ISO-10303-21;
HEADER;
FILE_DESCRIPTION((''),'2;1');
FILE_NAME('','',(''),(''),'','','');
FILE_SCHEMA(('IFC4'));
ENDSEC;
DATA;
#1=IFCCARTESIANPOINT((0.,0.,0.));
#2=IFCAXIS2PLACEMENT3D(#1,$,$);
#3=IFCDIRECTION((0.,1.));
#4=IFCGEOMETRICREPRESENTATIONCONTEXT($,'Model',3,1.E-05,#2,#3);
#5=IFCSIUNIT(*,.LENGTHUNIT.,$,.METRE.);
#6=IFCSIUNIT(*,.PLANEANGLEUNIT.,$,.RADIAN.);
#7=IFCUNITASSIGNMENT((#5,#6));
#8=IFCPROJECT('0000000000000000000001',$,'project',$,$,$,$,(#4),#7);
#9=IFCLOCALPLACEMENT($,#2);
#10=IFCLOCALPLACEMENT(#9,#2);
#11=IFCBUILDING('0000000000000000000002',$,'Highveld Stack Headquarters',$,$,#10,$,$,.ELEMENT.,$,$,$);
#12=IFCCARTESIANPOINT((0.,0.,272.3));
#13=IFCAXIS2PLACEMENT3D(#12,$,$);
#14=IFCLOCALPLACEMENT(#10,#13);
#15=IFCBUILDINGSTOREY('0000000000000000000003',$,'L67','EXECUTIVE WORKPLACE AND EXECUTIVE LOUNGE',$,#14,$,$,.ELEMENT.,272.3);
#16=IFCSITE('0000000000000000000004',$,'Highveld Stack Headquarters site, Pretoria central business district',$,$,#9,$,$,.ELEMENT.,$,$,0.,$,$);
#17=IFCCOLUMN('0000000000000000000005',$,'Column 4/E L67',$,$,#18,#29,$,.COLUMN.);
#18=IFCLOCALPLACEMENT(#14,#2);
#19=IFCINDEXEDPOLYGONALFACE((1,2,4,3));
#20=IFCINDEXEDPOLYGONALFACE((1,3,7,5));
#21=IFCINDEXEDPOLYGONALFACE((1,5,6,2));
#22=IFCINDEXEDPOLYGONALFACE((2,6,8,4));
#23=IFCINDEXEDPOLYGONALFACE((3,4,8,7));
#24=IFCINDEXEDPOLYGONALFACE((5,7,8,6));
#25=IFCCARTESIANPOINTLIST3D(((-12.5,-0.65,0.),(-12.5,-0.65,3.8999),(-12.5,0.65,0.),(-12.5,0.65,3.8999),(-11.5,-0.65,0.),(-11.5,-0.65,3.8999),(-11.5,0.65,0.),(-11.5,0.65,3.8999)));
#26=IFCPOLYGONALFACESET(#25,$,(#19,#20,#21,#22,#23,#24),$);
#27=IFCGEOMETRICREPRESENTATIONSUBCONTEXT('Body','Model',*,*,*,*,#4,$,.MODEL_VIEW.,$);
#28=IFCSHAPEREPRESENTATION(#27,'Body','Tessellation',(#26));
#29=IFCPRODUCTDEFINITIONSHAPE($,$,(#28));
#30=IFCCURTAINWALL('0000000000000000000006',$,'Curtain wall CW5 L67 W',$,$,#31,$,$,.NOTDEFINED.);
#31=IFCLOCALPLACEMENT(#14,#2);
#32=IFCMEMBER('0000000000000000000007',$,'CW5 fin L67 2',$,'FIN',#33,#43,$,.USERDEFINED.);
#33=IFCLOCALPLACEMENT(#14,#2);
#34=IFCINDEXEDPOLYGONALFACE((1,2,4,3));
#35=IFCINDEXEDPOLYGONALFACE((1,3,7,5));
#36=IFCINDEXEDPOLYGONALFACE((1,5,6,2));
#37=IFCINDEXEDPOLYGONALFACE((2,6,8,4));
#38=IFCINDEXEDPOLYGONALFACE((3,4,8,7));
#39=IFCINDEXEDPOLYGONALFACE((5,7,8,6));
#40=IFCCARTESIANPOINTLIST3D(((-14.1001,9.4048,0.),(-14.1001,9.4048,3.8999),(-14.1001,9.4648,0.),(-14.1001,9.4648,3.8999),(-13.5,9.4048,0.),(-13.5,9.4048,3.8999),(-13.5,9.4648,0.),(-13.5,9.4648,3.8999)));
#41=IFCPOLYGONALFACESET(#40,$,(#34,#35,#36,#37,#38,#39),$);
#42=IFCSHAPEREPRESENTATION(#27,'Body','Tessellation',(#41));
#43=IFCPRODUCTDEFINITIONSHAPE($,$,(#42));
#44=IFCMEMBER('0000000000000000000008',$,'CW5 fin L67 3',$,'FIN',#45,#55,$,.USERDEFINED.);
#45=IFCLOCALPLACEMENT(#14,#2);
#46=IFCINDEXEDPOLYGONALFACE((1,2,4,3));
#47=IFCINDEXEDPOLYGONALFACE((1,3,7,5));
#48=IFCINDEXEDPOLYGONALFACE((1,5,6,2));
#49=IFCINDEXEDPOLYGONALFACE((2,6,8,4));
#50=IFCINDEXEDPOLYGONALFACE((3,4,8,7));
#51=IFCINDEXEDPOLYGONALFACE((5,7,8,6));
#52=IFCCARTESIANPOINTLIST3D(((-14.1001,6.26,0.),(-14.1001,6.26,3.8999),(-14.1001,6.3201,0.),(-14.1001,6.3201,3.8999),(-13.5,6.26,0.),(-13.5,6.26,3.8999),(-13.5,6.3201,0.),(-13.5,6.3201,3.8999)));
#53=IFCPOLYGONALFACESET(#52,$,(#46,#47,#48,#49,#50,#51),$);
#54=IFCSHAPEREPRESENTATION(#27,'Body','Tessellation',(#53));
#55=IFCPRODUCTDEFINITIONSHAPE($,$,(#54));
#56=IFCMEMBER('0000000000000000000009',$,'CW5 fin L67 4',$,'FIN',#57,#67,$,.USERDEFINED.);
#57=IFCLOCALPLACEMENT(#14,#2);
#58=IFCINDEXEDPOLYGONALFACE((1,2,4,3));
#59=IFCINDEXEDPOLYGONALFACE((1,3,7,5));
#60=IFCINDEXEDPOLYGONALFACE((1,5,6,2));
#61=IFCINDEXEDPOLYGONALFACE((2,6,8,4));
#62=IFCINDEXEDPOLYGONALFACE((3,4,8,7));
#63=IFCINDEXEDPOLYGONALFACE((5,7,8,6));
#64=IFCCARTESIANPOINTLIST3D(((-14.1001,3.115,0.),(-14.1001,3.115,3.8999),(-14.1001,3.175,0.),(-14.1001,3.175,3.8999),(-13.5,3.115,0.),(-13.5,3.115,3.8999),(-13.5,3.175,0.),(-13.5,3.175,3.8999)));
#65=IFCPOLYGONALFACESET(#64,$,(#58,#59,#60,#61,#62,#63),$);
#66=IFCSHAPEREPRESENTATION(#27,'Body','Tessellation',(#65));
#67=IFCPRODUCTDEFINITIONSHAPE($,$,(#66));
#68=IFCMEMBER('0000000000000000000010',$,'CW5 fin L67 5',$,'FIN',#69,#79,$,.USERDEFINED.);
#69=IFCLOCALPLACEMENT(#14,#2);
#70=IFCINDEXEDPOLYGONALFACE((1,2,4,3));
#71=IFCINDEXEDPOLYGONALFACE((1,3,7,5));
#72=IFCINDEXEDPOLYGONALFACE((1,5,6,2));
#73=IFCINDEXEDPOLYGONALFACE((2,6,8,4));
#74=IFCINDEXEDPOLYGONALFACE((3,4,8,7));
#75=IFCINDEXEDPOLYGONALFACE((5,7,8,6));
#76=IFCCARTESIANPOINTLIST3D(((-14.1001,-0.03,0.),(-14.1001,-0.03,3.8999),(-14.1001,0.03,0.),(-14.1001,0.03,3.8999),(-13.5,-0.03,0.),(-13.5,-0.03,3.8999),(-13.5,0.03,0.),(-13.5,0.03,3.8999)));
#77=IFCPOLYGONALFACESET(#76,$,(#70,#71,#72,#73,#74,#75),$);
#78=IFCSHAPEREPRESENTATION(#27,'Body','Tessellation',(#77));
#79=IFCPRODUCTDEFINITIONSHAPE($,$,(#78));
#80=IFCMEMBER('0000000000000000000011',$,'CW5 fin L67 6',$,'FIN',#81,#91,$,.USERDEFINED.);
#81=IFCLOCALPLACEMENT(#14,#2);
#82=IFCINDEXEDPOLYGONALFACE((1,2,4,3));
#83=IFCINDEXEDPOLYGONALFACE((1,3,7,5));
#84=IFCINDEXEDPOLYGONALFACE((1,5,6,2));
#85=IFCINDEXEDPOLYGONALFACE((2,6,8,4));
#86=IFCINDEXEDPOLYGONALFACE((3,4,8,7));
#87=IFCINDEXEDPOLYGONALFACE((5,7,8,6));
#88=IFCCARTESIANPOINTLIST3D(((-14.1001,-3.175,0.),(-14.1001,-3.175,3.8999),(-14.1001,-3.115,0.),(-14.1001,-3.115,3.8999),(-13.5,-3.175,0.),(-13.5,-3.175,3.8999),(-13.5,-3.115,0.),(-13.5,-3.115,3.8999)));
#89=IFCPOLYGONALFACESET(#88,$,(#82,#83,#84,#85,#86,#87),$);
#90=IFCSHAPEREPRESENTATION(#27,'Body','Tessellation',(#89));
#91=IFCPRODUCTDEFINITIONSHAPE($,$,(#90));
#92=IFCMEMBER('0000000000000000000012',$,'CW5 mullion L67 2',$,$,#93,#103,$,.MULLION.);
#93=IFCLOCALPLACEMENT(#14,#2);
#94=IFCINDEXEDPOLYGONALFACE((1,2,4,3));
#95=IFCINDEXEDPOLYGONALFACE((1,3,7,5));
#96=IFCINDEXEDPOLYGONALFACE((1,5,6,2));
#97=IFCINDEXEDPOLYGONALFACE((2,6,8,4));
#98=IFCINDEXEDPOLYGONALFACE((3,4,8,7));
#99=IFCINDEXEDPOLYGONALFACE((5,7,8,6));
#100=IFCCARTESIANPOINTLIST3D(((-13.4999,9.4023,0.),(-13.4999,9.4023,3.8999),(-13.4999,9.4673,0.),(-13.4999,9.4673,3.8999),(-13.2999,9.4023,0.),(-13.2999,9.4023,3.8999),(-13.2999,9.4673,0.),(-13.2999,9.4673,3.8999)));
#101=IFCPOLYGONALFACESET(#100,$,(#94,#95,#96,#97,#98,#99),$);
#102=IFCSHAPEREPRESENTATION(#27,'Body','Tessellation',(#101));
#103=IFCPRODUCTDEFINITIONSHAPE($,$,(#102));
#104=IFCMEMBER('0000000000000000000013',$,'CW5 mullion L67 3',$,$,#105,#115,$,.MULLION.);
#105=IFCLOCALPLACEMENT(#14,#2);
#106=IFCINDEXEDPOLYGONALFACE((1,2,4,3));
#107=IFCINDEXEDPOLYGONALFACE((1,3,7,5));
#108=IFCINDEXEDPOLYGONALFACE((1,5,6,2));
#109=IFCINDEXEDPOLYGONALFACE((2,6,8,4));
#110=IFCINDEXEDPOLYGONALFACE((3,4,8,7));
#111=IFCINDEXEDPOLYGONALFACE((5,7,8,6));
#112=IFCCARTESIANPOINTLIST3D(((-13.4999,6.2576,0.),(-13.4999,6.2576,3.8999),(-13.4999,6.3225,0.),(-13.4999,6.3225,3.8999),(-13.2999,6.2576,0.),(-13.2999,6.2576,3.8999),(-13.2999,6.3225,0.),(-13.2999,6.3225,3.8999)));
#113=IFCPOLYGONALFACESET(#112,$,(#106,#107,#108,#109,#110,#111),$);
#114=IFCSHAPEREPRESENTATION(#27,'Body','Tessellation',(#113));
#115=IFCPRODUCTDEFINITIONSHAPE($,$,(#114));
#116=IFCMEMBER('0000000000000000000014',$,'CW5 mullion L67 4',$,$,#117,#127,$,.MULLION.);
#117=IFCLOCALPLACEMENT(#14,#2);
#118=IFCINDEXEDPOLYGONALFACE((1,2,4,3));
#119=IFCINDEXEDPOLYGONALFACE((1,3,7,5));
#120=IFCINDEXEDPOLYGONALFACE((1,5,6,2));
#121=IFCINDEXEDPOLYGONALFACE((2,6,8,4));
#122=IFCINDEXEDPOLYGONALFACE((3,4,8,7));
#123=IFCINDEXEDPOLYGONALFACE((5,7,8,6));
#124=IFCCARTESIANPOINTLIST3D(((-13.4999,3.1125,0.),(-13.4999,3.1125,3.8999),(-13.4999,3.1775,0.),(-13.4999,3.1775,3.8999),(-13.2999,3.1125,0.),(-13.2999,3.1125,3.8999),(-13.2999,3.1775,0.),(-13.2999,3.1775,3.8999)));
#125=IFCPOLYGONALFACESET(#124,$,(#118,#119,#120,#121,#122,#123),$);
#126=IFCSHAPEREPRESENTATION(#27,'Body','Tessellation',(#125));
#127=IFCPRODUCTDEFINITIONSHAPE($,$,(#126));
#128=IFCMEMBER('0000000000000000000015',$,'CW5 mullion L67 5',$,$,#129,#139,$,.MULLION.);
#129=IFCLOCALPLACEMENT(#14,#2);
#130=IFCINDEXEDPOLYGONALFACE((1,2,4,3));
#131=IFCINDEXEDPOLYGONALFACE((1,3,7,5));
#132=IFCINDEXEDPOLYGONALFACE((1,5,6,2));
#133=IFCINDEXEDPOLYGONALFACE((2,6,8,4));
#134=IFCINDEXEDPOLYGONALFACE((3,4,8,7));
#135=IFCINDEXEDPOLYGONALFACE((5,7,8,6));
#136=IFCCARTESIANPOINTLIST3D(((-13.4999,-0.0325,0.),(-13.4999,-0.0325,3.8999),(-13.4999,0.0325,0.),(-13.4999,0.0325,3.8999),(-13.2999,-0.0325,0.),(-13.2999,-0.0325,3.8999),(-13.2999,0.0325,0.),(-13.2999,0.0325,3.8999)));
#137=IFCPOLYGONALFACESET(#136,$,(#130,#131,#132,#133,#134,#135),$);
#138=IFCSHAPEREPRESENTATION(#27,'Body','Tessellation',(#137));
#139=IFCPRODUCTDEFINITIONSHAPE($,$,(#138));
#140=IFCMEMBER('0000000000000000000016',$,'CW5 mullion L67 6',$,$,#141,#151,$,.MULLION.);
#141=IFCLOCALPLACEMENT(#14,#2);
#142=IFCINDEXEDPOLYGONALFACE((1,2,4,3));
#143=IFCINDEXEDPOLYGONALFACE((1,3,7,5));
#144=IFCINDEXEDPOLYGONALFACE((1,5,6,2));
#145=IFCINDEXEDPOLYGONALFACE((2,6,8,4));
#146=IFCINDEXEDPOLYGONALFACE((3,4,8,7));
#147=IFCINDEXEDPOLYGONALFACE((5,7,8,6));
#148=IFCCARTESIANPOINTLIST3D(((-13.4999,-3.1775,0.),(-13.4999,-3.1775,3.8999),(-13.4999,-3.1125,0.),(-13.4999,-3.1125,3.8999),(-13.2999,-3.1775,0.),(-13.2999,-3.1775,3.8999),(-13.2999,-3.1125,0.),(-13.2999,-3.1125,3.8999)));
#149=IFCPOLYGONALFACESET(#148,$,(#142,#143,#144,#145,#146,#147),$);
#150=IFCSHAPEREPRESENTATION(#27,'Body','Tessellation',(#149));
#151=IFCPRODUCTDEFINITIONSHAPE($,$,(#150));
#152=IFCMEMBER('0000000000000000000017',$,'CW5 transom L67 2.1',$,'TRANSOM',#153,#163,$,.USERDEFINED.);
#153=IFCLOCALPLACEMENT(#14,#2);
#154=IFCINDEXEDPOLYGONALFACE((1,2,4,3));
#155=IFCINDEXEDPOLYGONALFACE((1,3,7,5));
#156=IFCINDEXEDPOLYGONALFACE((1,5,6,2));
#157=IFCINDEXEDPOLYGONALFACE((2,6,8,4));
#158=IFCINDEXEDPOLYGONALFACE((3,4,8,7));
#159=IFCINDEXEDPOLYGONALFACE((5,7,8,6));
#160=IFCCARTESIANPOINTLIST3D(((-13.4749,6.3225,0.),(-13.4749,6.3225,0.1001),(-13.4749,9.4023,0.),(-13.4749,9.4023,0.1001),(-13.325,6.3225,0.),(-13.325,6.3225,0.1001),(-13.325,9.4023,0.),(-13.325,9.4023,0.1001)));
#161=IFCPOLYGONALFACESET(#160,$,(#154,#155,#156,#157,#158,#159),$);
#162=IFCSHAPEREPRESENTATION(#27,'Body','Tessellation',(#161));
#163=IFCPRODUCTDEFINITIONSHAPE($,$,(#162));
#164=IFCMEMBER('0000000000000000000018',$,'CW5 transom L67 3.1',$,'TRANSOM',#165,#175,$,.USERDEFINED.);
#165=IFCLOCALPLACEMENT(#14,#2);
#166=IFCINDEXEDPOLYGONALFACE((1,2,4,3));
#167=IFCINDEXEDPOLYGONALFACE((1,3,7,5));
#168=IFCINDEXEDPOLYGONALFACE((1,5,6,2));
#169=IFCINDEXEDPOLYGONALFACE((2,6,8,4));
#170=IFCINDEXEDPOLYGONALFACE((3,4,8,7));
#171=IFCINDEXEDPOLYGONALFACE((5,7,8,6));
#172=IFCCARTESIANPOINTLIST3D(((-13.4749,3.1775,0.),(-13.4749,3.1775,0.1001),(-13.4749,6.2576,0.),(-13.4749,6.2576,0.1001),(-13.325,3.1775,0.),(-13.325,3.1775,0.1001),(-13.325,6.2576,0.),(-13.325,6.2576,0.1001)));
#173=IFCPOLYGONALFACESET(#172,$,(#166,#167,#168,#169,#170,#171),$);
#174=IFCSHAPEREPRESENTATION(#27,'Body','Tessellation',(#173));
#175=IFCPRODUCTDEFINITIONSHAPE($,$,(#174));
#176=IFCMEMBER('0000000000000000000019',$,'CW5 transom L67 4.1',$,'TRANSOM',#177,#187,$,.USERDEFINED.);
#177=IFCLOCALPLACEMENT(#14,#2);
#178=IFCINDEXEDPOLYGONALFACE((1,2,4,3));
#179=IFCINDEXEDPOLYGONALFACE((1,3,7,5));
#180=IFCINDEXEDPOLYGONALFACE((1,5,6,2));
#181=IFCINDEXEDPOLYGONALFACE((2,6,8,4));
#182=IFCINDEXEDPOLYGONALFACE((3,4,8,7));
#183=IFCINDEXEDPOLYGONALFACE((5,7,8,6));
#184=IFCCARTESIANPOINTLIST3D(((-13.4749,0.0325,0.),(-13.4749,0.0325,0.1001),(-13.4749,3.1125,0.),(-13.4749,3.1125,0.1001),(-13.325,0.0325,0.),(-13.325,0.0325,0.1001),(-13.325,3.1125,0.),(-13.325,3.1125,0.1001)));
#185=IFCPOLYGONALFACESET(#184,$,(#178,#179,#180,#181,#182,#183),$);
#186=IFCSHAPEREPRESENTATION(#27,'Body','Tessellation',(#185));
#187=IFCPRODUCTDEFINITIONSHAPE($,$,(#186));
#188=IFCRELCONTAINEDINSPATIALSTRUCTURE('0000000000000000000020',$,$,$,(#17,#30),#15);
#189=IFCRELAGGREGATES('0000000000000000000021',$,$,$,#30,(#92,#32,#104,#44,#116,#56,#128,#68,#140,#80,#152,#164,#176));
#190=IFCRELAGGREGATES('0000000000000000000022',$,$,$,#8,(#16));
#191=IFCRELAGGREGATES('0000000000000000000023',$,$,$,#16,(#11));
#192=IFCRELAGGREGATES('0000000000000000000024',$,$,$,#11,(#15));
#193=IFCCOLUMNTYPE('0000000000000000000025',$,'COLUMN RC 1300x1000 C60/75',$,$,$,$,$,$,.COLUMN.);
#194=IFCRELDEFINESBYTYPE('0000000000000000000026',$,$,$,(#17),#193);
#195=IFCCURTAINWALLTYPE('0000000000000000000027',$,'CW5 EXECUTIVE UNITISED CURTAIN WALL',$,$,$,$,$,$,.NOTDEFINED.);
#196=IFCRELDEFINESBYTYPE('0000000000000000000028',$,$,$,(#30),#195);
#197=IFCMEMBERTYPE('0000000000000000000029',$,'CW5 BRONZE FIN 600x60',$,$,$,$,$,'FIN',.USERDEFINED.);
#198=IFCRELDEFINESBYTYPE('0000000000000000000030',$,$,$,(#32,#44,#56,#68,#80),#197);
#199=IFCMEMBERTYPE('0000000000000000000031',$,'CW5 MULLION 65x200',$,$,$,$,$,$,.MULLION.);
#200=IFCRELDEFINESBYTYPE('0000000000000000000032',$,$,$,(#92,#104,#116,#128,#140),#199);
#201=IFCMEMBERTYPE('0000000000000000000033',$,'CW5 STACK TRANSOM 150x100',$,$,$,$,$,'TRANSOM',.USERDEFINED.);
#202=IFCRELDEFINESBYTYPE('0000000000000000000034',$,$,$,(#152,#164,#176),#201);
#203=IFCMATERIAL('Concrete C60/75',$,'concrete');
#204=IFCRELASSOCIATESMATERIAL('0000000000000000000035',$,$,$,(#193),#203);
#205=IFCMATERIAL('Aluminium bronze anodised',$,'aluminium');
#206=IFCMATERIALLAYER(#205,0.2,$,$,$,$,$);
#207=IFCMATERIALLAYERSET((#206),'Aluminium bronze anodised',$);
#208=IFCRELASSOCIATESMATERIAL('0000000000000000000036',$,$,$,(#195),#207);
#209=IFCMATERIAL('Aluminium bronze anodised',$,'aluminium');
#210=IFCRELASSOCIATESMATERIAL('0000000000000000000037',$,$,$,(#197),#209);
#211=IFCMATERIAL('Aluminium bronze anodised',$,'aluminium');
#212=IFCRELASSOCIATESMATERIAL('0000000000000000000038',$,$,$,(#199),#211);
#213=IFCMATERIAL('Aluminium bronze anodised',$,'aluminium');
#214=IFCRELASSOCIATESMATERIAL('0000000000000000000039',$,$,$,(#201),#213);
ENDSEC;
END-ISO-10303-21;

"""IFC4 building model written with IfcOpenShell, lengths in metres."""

from ifc_helpers import new_model, si_unit, direction, frame, origin, origin_2d, place, context, subcontext, project, spatial, rectangle, extrude, material, layer, layer_set, material_profile, profile_set, type_object, element, aggregate, save


model = new_model("IFC4")

# Units and contexts
model_context = context("Model", 3, precision=1e-05, world=origin(), true_north=direction((0.0, 1.0)))
body_context = subcontext(model_context, "Body", "Model", "MODEL_VIEW")
ifc_project = project(units=[si_unit("LENGTHUNIT", "METRE"), si_unit("PLANEANGLEUNIT", "RADIAN")], contexts=[model_context])

# Site, building, storey
site_placement = place(None, origin())
site = spatial("IfcSite", under=ifc_project, at=site_placement, Name="Highveld Stack Headquarters site, Pretoria central business district", CompositionType="ELEMENT", RefElevation=0.0)
building_placement = place(site_placement, origin())
building = spatial("IfcBuilding", under=site, at=building_placement, Name="Highveld Stack Headquarters", CompositionType="ELEMENT")
storey_placement = place(building_placement, frame((0.0, 0.0, 272.3)))
storey = spatial("IfcBuildingStorey", under=building, at=storey_placement, Name="L67", Description="EXECUTIVE WORKPLACE AND EXECUTIVE LOUNGE", CompositionType="ELEMENT", Elevation=272.3)

# Column
ifc_material_1 = material(Name="Concrete C60/75", Category="concrete")
ifc_material_profile_1 = material_profile(ifc_material_1, rectangle(XDim=1.3, YDim=1.0, at=origin_2d()), Name="RC 1300x1000")
ifc_profile_set_1 = profile_set([ifc_material_profile_1], Name="Concrete C60/75")
column_type = type_object("IfcColumnType", Name="COLUMN RC 1300x1000 C60/75", PredefinedType="COLUMN", material=ifc_profile_set_1)
column_placement = place(storey_placement, frame((-12.0, 0.0, 0.0), z_axis=(0.0, 0.0, 1.0), x_axis=(0.0, 1.0, 0.0)))
element("IfcColumn", 1, at=column_placement, inside=storey, type_object=column_type, Name="Column 4/E L67", PredefinedType="COLUMN", context=body_context, shape_type="SweptSolid", body=[
    extrude(rectangle(XDim=1.3, YDim=1.0, at=origin_2d()), origin(), (0.0, 0.0, 1.0), 3.8999),
])

# Curtain wall, members
ifc_material_2 = material(Name="Aluminium bronze anodised", Category="aluminium")
ifc_layer_1 = layer(ifc_material_2, 0.2)
ifc_layer_set_1 = layer_set([ifc_layer_1], Name="Aluminium bronze anodised")
curtain_wall_type = type_object("IfcCurtainWallType", Name="CW5 EXECUTIVE UNITISED CURTAIN WALL", PredefinedType="NOTDEFINED", material=ifc_layer_set_1)
curtain_wall_placement = place(storey_placement, origin())
curtain_wall = element("IfcCurtainWall", 2, at=curtain_wall_placement, inside=storey, type_object=curtain_wall_type, Name="Curtain wall CW5 L67 W", PredefinedType="NOTDEFINED")
ifc_material_3 = material(Name="Aluminium bronze anodised", Category="aluminium")
ifc_material_profile_2 = material_profile(ifc_material_3, rectangle(XDim=0.6001, YDim=0.0601, at=origin_2d()), Name="FIN 600x60")
ifc_profile_set_2 = profile_set([ifc_material_profile_2], Name="Aluminium bronze anodised")
member_type_1 = type_object("IfcMemberType", Name="CW5 BRONZE FIN 600x60", ElementType="FIN", PredefinedType="USERDEFINED", material=ifc_profile_set_2)
member_1_placement = place(storey_placement, frame((-13.8, 9.4348, 0.0), z_axis=(0.0, 0.0, 1.0), x_axis=(1.0, 0.0, 0.0)))
member_1 = element("IfcMember", 3, at=member_1_placement, type_object=member_type_1, Name="CW5 fin L67 2", ObjectType="FIN", PredefinedType="USERDEFINED", context=body_context, shape_type="SweptSolid", body=[
    extrude(rectangle(XDim=0.6001, YDim=0.0601, at=origin_2d()), origin(), (0.0, 0.0, 1.0), 3.8999),
])
member_2_placement = place(storey_placement, frame((-13.8, 6.29, 0.0), z_axis=(0.0, 0.0, 1.0), x_axis=(1.0, 0.0, 0.0)))
member_2 = element("IfcMember", 4, at=member_2_placement, type_object=member_type_1, Name="CW5 fin L67 3", ObjectType="FIN", PredefinedType="USERDEFINED", context=body_context, shape_type="SweptSolid", body=[
    extrude(rectangle(XDim=0.6001, YDim=0.0601, at=origin_2d()), origin(), (0.0, 0.0, 1.0), 3.8999),
])
member_3_placement = place(storey_placement, frame((-13.8, 3.145, 0.0), z_axis=(0.0, 0.0, 1.0), x_axis=(1.0, 0.0, 0.0)))
member_3 = element("IfcMember", 5, at=member_3_placement, type_object=member_type_1, Name="CW5 fin L67 4", ObjectType="FIN", PredefinedType="USERDEFINED", context=body_context, shape_type="SweptSolid", body=[
    extrude(rectangle(XDim=0.6001, YDim=0.0601, at=origin_2d()), origin(), (0.0, 0.0, 1.0), 3.8999),
])
member_4_placement = place(storey_placement, frame((-13.8, 0.0, 0.0), z_axis=(0.0, 0.0, 1.0), x_axis=(1.0, 0.0, 0.0)))
member_4 = element("IfcMember", 6, at=member_4_placement, type_object=member_type_1, Name="CW5 fin L67 5", ObjectType="FIN", PredefinedType="USERDEFINED", context=body_context, shape_type="SweptSolid", body=[
    extrude(rectangle(XDim=0.6001, YDim=0.0601, at=origin_2d()), origin(), (0.0, 0.0, 1.0), 3.8999),
])
member_5_placement = place(storey_placement, frame((-13.8, -3.145, 0.0), z_axis=(0.0, 0.0, 1.0), x_axis=(1.0, 0.0, 0.0)))
member_5 = element("IfcMember", 7, at=member_5_placement, type_object=member_type_1, Name="CW5 fin L67 6", ObjectType="FIN", PredefinedType="USERDEFINED", context=body_context, shape_type="SweptSolid", body=[
    extrude(rectangle(XDim=0.6001, YDim=0.0601, at=origin_2d()), origin(), (0.0, 0.0, 1.0), 3.8999),
])
ifc_material_4 = material(Name="Aluminium bronze anodised", Category="aluminium")
ifc_material_profile_3 = material_profile(ifc_material_4, rectangle(XDim=0.2, YDim=0.0649, at=origin_2d()), Name="CW5 MULLION 65x200")
ifc_profile_set_3 = profile_set([ifc_material_profile_3], Name="Aluminium bronze anodised")
member_type_2 = type_object("IfcMemberType", Name="CW5 MULLION 65x200", PredefinedType="MULLION", material=ifc_profile_set_3)
member_6_placement = place(storey_placement, frame((-13.3999, 9.4348, 0.0), z_axis=(0.0, 0.0, 1.0), x_axis=(1.0, 0.0, 0.0)))
member_6 = element("IfcMember", 8, at=member_6_placement, type_object=member_type_2, Name="CW5 mullion L67 2", PredefinedType="MULLION", context=body_context, shape_type="SweptSolid", body=[
    extrude(rectangle(XDim=0.2, YDim=0.0649, at=origin_2d()), origin(), (0.0, 0.0, 1.0), 3.8999),
])
member_7_placement = place(storey_placement, frame((-13.3999, 6.29, 0.0), z_axis=(0.0, 0.0, 1.0), x_axis=(1.0, 0.0, 0.0)))
member_7 = element("IfcMember", 9, at=member_7_placement, type_object=member_type_2, Name="CW5 mullion L67 3", PredefinedType="MULLION", context=body_context, shape_type="SweptSolid", body=[
    extrude(rectangle(XDim=0.2, YDim=0.0649, at=origin_2d()), origin(), (0.0, 0.0, 1.0), 3.8999),
])
member_8_placement = place(storey_placement, frame((-13.3999, 3.145, 0.0), z_axis=(0.0, 0.0, 1.0), x_axis=(1.0, 0.0, 0.0)))
member_8 = element("IfcMember", 10, at=member_8_placement, type_object=member_type_2, Name="CW5 mullion L67 4", PredefinedType="MULLION", context=body_context, shape_type="SweptSolid", body=[
    extrude(rectangle(XDim=0.2, YDim=0.0649, at=origin_2d()), origin(), (0.0, 0.0, 1.0), 3.8999),
])
member_9_placement = place(storey_placement, frame((-13.3999, 0.0, 0.0), z_axis=(0.0, 0.0, 1.0), x_axis=(1.0, 0.0, 0.0)))
member_9 = element("IfcMember", 11, at=member_9_placement, type_object=member_type_2, Name="CW5 mullion L67 5", PredefinedType="MULLION", context=body_context, shape_type="SweptSolid", body=[
    extrude(rectangle(XDim=0.2, YDim=0.0649, at=origin_2d()), origin(), (0.0, 0.0, 1.0), 3.8999),
])
member_10_placement = place(storey_placement, frame((-13.3999, -3.145, 0.0), z_axis=(0.0, 0.0, 1.0), x_axis=(1.0, 0.0, 0.0)))
member_10 = element("IfcMember", 12, at=member_10_placement, type_object=member_type_2, Name="CW5 mullion L67 6", PredefinedType="MULLION", context=body_context, shape_type="SweptSolid", body=[
    extrude(rectangle(XDim=0.2, YDim=0.0649, at=origin_2d()), origin(), (0.0, 0.0, 1.0), 3.8999),
])
ifc_material_5 = material(Name="Aluminium bronze anodised", Category="aluminium")
ifc_material_profile_4 = material_profile(ifc_material_5, rectangle(XDim=0.1499, YDim=0.1001, at=origin_2d()), Name="CW5 TRANSOM 150x100")
ifc_profile_set_4 = profile_set([ifc_material_profile_4], Name="Aluminium bronze anodised")
member_type_3 = type_object("IfcMemberType", Name="CW5 STACK TRANSOM 150x100", ElementType="TRANSOM", PredefinedType="USERDEFINED", material=ifc_profile_set_4)
member_11_placement = place(storey_placement, frame((-13.3999, 9.4023, 0.05), z_axis=(0.0, -1.0, 0.0), x_axis=(1.0, 0.0, 0.0)))
member_11 = element("IfcMember", 13, at=member_11_placement, type_object=member_type_3, Name="CW5 transom L67 2.1", ObjectType="TRANSOM", PredefinedType="USERDEFINED", context=body_context, shape_type="SweptSolid", body=[
    extrude(rectangle(XDim=0.1499, YDim=0.1001, at=origin_2d()), origin(), (0.0, 0.0, 1.0), 3.0798),
])
member_12_placement = place(storey_placement, frame((-13.3999, 6.2576, 0.05), z_axis=(0.0, -1.0, 0.0), x_axis=(1.0, 0.0, 0.0)))
member_12 = element("IfcMember", 14, at=member_12_placement, type_object=member_type_3, Name="CW5 transom L67 3.1", ObjectType="TRANSOM", PredefinedType="USERDEFINED", context=body_context, shape_type="SweptSolid", body=[
    extrude(rectangle(XDim=0.1499, YDim=0.1001, at=origin_2d()), origin(), (0.0, 0.0, 1.0), 3.0801),
])
member_13_placement = place(storey_placement, frame((-13.3999, 3.1125, 0.05), z_axis=(0.0, -1.0, 0.0), x_axis=(1.0, 0.0, 0.0)))
member_13 = element("IfcMember", 15, at=member_13_placement, type_object=member_type_3, Name="CW5 transom L67 4.1", ObjectType="TRANSOM", PredefinedType="USERDEFINED", context=body_context, shape_type="SweptSolid", body=[
    extrude(rectangle(XDim=0.1499, YDim=0.1001, at=origin_2d()), origin(), (0.0, 0.0, 1.0), 3.0801),
])
aggregate(curtain_wall, [member_6, member_1, member_7, member_2, member_8, member_3, member_9, member_4, member_10, member_5, member_11, member_12, member_13])

save(model, "model.ifc")
